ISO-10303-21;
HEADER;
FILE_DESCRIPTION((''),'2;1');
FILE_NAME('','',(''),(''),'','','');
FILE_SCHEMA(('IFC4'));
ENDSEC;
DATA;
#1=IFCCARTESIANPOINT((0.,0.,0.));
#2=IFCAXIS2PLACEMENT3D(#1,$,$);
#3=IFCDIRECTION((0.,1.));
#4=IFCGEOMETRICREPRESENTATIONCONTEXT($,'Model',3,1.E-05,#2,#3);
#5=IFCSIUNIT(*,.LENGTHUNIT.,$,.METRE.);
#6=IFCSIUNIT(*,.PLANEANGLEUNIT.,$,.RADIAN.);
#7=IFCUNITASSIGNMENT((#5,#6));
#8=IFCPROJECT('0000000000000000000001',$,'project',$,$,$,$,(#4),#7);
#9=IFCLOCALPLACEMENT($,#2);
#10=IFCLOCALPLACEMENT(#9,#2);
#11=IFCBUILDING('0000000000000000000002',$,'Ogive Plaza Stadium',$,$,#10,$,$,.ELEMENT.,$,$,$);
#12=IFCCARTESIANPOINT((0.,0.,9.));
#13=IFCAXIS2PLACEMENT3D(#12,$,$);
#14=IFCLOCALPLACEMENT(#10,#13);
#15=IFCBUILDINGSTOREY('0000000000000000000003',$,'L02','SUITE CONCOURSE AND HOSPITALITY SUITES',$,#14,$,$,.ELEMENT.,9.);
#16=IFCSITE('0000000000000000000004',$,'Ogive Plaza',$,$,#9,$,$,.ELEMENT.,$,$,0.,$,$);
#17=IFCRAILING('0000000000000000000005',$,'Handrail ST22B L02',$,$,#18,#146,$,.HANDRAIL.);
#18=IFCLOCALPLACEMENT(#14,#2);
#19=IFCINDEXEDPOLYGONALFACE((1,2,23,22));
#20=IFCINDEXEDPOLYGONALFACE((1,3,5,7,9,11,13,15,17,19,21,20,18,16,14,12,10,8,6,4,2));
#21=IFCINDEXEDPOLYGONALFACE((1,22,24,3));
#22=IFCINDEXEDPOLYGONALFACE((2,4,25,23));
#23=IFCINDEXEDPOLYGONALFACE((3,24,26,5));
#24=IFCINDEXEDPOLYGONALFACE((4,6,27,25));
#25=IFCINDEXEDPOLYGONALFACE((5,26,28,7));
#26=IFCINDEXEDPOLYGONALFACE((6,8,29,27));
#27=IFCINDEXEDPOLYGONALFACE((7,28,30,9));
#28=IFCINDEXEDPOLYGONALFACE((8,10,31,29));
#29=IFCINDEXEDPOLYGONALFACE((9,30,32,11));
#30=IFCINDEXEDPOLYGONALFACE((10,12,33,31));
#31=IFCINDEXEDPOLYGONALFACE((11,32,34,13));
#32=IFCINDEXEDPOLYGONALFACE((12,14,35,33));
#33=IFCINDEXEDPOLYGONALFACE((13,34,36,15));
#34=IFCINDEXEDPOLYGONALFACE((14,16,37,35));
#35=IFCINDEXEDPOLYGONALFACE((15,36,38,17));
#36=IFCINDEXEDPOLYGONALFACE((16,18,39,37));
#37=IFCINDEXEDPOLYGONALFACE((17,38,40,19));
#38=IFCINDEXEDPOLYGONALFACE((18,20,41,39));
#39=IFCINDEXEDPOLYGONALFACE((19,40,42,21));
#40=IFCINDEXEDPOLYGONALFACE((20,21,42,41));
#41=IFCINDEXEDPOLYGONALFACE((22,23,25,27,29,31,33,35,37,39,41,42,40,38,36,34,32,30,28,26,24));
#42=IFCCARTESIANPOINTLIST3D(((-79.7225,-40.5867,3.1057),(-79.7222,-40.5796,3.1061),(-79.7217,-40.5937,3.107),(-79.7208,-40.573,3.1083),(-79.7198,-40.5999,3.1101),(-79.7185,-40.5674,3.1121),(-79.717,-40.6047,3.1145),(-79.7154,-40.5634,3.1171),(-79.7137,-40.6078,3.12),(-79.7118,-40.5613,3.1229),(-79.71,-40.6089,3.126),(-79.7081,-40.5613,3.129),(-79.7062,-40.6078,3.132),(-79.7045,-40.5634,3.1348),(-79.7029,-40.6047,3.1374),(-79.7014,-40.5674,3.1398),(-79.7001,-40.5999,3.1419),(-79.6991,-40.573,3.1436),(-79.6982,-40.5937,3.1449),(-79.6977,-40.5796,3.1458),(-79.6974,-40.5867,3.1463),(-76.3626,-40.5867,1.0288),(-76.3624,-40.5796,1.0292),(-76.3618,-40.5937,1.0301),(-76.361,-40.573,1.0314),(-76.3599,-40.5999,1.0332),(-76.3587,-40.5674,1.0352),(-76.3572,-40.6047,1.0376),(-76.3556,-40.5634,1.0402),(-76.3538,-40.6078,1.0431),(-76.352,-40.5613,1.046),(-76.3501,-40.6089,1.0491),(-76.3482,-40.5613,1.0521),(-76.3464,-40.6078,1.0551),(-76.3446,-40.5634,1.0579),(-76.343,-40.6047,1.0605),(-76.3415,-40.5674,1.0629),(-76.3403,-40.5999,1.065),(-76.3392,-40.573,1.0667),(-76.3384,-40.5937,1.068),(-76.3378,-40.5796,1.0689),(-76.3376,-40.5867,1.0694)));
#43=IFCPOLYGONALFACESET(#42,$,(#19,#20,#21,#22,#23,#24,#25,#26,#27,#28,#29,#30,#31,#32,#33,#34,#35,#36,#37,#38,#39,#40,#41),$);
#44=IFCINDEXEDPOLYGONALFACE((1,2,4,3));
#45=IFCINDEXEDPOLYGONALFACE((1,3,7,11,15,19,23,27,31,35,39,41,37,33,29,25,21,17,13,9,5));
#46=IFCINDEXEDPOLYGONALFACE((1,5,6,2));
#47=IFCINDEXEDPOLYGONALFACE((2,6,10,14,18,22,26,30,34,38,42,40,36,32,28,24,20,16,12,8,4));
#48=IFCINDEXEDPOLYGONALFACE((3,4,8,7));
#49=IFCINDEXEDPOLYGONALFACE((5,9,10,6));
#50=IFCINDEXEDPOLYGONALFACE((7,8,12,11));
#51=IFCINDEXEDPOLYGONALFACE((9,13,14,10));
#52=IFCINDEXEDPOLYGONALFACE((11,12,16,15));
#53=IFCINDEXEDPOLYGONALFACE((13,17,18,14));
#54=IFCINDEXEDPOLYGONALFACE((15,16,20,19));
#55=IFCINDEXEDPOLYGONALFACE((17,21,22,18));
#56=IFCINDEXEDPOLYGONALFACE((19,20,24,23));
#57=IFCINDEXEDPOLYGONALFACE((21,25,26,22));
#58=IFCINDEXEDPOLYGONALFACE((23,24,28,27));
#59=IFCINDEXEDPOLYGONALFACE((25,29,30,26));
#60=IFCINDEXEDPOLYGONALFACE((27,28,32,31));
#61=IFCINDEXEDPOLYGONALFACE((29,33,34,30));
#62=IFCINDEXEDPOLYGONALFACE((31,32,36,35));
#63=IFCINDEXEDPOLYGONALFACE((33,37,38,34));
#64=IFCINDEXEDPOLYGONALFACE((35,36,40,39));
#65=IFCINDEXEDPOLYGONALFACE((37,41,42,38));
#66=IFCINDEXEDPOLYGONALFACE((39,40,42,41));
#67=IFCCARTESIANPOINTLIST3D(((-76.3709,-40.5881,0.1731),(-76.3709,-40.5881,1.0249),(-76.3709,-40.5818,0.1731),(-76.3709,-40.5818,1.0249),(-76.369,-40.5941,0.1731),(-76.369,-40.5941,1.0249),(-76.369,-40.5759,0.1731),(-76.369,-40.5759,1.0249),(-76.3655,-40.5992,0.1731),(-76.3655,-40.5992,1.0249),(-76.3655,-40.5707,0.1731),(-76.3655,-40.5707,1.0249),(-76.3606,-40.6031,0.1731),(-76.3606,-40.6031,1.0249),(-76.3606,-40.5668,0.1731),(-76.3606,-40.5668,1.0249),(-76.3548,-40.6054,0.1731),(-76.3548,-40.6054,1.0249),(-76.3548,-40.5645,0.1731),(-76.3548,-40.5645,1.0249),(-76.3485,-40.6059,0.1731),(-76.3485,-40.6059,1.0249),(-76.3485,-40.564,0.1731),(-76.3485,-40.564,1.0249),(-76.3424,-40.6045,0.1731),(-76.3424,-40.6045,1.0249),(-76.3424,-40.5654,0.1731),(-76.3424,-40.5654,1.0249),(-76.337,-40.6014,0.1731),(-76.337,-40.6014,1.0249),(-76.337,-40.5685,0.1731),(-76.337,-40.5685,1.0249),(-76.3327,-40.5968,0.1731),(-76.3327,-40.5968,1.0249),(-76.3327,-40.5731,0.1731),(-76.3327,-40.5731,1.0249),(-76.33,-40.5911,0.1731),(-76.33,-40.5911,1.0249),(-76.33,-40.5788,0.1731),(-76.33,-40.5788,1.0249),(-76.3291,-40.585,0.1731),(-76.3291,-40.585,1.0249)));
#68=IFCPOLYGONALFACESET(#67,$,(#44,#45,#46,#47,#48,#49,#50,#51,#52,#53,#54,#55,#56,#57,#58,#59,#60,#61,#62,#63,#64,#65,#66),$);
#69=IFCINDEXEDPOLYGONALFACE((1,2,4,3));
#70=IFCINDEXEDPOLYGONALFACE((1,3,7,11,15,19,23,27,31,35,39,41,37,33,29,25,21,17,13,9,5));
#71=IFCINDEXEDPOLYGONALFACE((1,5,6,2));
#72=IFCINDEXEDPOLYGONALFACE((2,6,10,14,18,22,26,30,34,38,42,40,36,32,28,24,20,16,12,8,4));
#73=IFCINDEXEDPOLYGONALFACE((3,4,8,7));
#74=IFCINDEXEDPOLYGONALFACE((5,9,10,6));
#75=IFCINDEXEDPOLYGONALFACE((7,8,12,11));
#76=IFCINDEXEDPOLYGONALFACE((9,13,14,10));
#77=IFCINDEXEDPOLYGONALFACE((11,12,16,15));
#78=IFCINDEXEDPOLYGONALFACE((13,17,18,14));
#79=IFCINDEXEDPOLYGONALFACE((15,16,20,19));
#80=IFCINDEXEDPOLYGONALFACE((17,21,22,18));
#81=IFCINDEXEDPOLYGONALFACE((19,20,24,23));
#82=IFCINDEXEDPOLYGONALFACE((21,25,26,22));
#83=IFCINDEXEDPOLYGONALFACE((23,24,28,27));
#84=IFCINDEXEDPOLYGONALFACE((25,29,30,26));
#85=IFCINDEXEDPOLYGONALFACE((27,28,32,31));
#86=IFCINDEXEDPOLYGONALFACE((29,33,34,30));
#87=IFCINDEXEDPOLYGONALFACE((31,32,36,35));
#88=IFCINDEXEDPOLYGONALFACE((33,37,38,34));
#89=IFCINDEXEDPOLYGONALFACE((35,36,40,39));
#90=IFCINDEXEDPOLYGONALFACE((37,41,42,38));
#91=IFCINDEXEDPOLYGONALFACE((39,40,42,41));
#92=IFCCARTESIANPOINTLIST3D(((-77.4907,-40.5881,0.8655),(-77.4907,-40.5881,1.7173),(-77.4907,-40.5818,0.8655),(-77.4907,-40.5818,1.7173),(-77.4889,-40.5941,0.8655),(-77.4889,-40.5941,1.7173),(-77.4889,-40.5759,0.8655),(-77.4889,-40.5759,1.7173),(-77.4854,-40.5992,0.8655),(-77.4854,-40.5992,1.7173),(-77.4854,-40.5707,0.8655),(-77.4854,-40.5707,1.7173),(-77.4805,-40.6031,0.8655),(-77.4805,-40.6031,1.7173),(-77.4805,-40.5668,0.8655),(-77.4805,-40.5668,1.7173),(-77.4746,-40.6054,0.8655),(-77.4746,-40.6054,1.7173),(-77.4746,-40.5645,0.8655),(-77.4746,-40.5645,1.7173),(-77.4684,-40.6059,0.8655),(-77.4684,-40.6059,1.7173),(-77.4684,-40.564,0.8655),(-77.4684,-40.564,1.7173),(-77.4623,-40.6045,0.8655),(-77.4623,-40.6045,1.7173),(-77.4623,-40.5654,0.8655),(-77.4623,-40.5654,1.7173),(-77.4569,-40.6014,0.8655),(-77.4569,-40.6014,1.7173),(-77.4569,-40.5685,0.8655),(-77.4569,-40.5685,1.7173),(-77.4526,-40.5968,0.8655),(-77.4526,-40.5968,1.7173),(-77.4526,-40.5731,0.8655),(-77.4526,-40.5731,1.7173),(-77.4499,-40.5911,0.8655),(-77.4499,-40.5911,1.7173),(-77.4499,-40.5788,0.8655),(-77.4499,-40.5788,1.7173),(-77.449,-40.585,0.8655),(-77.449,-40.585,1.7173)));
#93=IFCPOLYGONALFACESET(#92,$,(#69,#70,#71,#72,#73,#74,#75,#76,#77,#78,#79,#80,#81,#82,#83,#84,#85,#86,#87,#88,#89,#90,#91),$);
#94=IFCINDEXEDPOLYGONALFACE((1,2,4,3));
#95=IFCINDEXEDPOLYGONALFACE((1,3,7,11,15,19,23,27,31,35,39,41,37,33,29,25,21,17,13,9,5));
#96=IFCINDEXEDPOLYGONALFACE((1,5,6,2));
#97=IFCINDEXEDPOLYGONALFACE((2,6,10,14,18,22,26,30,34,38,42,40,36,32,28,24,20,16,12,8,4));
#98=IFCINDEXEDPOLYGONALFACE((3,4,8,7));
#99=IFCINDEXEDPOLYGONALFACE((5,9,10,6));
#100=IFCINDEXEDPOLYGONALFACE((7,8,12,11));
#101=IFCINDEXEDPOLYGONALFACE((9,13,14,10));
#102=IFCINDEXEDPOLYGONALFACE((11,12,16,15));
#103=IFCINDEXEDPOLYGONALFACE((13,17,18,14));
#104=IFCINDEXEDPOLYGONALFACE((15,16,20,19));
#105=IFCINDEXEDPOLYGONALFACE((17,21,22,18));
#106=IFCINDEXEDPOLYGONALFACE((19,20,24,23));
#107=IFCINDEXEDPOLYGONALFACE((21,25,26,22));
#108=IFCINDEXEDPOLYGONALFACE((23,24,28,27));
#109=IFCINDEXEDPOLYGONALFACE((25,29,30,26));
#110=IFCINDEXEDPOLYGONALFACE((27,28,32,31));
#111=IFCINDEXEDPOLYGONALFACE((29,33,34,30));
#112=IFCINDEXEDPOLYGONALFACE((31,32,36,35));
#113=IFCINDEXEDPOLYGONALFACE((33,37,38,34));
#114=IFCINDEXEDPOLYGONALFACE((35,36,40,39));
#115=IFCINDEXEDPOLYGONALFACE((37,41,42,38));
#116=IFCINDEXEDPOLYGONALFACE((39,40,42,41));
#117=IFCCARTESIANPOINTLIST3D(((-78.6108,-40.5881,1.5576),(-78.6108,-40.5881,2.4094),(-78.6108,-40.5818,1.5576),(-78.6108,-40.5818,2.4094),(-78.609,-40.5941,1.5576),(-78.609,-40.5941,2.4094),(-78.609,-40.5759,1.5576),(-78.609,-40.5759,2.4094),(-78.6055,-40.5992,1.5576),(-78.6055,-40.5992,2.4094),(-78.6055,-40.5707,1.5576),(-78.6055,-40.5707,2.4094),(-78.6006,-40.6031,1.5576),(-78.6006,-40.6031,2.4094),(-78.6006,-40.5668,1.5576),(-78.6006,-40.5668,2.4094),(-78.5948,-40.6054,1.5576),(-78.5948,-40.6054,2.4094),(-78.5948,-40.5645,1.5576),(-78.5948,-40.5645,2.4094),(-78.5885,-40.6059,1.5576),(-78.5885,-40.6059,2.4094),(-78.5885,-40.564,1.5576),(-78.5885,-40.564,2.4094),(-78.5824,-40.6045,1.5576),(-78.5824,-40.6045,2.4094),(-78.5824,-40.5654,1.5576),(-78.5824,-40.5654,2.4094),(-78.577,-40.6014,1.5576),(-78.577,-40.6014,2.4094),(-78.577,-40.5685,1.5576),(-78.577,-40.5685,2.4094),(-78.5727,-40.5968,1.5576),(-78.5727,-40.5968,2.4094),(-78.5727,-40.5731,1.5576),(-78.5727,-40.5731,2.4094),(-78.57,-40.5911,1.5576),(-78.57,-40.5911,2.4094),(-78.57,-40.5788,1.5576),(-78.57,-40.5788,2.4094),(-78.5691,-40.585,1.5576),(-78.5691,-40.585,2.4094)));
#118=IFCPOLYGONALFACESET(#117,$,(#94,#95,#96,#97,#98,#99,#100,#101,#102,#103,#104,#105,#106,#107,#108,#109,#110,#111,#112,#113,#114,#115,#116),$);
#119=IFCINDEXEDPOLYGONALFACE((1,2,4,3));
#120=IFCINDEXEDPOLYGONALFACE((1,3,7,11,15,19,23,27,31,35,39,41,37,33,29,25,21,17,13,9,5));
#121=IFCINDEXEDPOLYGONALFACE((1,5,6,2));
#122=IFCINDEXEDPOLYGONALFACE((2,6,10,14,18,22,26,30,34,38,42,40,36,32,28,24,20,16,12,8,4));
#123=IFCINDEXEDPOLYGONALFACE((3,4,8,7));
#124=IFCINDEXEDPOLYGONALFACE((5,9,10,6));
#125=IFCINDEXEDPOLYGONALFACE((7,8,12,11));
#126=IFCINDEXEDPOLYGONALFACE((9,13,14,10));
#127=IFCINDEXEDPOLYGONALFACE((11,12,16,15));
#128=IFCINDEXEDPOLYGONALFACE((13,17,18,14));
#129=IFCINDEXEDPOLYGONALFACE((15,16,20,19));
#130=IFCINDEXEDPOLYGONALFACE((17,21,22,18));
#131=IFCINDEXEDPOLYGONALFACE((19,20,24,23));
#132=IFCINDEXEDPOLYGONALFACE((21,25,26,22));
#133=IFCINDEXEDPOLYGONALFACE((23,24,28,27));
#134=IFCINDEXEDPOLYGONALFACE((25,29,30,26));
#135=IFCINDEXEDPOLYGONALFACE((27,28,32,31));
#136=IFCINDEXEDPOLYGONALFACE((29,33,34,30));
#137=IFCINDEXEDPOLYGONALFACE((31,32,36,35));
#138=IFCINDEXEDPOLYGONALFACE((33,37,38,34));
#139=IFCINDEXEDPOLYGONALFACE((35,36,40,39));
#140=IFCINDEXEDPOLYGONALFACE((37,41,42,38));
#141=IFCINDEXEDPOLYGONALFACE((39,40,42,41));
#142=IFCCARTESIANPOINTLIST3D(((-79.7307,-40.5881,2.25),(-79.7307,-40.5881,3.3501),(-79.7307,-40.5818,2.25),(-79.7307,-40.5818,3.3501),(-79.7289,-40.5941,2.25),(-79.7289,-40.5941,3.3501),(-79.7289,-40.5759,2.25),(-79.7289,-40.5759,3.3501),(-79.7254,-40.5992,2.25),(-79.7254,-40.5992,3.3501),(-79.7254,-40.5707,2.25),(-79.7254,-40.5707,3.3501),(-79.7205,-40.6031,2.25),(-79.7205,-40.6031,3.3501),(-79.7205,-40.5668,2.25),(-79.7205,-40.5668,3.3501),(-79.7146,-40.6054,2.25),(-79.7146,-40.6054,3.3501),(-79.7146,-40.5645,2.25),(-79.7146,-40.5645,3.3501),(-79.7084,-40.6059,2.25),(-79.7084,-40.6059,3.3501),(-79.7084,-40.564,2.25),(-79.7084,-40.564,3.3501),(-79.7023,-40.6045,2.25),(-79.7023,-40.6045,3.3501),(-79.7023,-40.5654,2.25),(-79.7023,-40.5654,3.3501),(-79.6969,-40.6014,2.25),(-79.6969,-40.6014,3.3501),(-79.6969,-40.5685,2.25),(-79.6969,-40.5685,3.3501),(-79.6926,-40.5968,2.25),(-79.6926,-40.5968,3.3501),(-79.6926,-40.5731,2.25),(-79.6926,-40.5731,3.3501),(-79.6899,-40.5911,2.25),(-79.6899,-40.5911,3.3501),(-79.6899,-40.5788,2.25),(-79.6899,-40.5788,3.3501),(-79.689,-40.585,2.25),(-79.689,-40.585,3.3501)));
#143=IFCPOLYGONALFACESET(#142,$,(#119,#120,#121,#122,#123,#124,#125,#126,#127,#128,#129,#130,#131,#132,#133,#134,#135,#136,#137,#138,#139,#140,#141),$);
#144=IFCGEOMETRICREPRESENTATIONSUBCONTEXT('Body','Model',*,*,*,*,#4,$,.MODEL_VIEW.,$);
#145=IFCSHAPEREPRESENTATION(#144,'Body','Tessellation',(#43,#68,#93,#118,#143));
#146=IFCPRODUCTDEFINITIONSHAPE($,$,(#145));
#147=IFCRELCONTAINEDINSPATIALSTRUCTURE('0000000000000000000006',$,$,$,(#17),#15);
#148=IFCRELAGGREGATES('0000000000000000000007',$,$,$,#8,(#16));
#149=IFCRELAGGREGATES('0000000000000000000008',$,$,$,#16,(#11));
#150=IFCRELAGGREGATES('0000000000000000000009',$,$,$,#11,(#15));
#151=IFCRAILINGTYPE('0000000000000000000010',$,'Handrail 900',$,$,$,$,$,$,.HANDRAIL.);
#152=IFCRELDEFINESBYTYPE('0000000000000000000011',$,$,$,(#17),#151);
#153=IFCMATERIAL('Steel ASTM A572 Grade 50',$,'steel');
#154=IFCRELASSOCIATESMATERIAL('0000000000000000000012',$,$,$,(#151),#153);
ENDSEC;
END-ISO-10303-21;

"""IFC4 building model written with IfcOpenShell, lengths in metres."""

from ifc_helpers import new_model, si_unit, direction, frame, origin, origin_2d, place, context, subcontext, project, spatial, circle, extrude, material, type_object, element, save


model = new_model("IFC4")

# Units and contexts
model_context = context("Model", 3, precision=1e-05, world=origin(), true_north=direction((0.0, 1.0)))
body_context = subcontext(model_context, "Body", "Model", "MODEL_VIEW")
ifc_project = project(units=[si_unit("LENGTHUNIT", "METRE"), si_unit("PLANEANGLEUNIT", "RADIAN")], contexts=[model_context])

# Site, building, storey
site_placement = place(None, origin())
site = spatial("IfcSite", under=ifc_project, at=site_placement, Name="Ogive Plaza", CompositionType="ELEMENT", RefElevation=0.0)
building_placement = place(site_placement, origin())
building = spatial("IfcBuilding", under=site, at=building_placement, Name="Ogive Plaza Stadium", CompositionType="ELEMENT")
storey_placement = place(building_placement, frame((0.0, 0.0, 9.0)))
storey = spatial("IfcBuildingStorey", under=building, at=storey_placement, Name="L02", Description="SUITE CONCOURSE AND HOSPITALITY SUITES", CompositionType="ELEMENT", Elevation=9.0)

# Railing
ifc_material_1 = material(Name="Steel ASTM A572 Grade 50", Category="steel")
railing_type_1 = type_object("IfcRailingType", Name="Handrail 900", PredefinedType="HANDRAIL", material=ifc_material_1)
for number, where, name in (
    (1, (-76.3501, -40.585, 0.1731), "Handrail ST22B L02"),
):
    element("IfcRailing", number, at=place(storey_placement, frame(where)), inside=storey, type_object=railing_type_1, Name=name, PredefinedType="HANDRAIL", context=body_context, shape_type="SweptSolid", body=[
        extrude(circle(Radius=0.0239, at=origin_2d()), frame((0.0, 0.0, 0.876), z_axis=(-0.850606, 0.0, 0.525803), x_axis=(0.0, -1.0, 0.0)), (0.0, 0.0, 1.0), 3.95),
        extrude(circle(Radius=0.021, at=origin_2d()), origin(), (0.0, 0.0, 1.0), 0.8518),
        extrude(circle(Radius=0.021, at=origin_2d()), frame((-1.1199, 0.0, 0.6924)), (0.0, 0.0, 1.0), 0.8518),
        extrude(circle(Radius=0.021, at=origin_2d()), frame((-2.24, 0.0, 1.3845)), (0.0, 0.0, 1.0), 0.8518),
        extrude(circle(Radius=0.021, at=origin_2d()), frame((-3.3599, 0.0, 2.0769)), (0.0, 0.0, 1.0), 1.1001),
    ])

save(model, "model.ifc")
